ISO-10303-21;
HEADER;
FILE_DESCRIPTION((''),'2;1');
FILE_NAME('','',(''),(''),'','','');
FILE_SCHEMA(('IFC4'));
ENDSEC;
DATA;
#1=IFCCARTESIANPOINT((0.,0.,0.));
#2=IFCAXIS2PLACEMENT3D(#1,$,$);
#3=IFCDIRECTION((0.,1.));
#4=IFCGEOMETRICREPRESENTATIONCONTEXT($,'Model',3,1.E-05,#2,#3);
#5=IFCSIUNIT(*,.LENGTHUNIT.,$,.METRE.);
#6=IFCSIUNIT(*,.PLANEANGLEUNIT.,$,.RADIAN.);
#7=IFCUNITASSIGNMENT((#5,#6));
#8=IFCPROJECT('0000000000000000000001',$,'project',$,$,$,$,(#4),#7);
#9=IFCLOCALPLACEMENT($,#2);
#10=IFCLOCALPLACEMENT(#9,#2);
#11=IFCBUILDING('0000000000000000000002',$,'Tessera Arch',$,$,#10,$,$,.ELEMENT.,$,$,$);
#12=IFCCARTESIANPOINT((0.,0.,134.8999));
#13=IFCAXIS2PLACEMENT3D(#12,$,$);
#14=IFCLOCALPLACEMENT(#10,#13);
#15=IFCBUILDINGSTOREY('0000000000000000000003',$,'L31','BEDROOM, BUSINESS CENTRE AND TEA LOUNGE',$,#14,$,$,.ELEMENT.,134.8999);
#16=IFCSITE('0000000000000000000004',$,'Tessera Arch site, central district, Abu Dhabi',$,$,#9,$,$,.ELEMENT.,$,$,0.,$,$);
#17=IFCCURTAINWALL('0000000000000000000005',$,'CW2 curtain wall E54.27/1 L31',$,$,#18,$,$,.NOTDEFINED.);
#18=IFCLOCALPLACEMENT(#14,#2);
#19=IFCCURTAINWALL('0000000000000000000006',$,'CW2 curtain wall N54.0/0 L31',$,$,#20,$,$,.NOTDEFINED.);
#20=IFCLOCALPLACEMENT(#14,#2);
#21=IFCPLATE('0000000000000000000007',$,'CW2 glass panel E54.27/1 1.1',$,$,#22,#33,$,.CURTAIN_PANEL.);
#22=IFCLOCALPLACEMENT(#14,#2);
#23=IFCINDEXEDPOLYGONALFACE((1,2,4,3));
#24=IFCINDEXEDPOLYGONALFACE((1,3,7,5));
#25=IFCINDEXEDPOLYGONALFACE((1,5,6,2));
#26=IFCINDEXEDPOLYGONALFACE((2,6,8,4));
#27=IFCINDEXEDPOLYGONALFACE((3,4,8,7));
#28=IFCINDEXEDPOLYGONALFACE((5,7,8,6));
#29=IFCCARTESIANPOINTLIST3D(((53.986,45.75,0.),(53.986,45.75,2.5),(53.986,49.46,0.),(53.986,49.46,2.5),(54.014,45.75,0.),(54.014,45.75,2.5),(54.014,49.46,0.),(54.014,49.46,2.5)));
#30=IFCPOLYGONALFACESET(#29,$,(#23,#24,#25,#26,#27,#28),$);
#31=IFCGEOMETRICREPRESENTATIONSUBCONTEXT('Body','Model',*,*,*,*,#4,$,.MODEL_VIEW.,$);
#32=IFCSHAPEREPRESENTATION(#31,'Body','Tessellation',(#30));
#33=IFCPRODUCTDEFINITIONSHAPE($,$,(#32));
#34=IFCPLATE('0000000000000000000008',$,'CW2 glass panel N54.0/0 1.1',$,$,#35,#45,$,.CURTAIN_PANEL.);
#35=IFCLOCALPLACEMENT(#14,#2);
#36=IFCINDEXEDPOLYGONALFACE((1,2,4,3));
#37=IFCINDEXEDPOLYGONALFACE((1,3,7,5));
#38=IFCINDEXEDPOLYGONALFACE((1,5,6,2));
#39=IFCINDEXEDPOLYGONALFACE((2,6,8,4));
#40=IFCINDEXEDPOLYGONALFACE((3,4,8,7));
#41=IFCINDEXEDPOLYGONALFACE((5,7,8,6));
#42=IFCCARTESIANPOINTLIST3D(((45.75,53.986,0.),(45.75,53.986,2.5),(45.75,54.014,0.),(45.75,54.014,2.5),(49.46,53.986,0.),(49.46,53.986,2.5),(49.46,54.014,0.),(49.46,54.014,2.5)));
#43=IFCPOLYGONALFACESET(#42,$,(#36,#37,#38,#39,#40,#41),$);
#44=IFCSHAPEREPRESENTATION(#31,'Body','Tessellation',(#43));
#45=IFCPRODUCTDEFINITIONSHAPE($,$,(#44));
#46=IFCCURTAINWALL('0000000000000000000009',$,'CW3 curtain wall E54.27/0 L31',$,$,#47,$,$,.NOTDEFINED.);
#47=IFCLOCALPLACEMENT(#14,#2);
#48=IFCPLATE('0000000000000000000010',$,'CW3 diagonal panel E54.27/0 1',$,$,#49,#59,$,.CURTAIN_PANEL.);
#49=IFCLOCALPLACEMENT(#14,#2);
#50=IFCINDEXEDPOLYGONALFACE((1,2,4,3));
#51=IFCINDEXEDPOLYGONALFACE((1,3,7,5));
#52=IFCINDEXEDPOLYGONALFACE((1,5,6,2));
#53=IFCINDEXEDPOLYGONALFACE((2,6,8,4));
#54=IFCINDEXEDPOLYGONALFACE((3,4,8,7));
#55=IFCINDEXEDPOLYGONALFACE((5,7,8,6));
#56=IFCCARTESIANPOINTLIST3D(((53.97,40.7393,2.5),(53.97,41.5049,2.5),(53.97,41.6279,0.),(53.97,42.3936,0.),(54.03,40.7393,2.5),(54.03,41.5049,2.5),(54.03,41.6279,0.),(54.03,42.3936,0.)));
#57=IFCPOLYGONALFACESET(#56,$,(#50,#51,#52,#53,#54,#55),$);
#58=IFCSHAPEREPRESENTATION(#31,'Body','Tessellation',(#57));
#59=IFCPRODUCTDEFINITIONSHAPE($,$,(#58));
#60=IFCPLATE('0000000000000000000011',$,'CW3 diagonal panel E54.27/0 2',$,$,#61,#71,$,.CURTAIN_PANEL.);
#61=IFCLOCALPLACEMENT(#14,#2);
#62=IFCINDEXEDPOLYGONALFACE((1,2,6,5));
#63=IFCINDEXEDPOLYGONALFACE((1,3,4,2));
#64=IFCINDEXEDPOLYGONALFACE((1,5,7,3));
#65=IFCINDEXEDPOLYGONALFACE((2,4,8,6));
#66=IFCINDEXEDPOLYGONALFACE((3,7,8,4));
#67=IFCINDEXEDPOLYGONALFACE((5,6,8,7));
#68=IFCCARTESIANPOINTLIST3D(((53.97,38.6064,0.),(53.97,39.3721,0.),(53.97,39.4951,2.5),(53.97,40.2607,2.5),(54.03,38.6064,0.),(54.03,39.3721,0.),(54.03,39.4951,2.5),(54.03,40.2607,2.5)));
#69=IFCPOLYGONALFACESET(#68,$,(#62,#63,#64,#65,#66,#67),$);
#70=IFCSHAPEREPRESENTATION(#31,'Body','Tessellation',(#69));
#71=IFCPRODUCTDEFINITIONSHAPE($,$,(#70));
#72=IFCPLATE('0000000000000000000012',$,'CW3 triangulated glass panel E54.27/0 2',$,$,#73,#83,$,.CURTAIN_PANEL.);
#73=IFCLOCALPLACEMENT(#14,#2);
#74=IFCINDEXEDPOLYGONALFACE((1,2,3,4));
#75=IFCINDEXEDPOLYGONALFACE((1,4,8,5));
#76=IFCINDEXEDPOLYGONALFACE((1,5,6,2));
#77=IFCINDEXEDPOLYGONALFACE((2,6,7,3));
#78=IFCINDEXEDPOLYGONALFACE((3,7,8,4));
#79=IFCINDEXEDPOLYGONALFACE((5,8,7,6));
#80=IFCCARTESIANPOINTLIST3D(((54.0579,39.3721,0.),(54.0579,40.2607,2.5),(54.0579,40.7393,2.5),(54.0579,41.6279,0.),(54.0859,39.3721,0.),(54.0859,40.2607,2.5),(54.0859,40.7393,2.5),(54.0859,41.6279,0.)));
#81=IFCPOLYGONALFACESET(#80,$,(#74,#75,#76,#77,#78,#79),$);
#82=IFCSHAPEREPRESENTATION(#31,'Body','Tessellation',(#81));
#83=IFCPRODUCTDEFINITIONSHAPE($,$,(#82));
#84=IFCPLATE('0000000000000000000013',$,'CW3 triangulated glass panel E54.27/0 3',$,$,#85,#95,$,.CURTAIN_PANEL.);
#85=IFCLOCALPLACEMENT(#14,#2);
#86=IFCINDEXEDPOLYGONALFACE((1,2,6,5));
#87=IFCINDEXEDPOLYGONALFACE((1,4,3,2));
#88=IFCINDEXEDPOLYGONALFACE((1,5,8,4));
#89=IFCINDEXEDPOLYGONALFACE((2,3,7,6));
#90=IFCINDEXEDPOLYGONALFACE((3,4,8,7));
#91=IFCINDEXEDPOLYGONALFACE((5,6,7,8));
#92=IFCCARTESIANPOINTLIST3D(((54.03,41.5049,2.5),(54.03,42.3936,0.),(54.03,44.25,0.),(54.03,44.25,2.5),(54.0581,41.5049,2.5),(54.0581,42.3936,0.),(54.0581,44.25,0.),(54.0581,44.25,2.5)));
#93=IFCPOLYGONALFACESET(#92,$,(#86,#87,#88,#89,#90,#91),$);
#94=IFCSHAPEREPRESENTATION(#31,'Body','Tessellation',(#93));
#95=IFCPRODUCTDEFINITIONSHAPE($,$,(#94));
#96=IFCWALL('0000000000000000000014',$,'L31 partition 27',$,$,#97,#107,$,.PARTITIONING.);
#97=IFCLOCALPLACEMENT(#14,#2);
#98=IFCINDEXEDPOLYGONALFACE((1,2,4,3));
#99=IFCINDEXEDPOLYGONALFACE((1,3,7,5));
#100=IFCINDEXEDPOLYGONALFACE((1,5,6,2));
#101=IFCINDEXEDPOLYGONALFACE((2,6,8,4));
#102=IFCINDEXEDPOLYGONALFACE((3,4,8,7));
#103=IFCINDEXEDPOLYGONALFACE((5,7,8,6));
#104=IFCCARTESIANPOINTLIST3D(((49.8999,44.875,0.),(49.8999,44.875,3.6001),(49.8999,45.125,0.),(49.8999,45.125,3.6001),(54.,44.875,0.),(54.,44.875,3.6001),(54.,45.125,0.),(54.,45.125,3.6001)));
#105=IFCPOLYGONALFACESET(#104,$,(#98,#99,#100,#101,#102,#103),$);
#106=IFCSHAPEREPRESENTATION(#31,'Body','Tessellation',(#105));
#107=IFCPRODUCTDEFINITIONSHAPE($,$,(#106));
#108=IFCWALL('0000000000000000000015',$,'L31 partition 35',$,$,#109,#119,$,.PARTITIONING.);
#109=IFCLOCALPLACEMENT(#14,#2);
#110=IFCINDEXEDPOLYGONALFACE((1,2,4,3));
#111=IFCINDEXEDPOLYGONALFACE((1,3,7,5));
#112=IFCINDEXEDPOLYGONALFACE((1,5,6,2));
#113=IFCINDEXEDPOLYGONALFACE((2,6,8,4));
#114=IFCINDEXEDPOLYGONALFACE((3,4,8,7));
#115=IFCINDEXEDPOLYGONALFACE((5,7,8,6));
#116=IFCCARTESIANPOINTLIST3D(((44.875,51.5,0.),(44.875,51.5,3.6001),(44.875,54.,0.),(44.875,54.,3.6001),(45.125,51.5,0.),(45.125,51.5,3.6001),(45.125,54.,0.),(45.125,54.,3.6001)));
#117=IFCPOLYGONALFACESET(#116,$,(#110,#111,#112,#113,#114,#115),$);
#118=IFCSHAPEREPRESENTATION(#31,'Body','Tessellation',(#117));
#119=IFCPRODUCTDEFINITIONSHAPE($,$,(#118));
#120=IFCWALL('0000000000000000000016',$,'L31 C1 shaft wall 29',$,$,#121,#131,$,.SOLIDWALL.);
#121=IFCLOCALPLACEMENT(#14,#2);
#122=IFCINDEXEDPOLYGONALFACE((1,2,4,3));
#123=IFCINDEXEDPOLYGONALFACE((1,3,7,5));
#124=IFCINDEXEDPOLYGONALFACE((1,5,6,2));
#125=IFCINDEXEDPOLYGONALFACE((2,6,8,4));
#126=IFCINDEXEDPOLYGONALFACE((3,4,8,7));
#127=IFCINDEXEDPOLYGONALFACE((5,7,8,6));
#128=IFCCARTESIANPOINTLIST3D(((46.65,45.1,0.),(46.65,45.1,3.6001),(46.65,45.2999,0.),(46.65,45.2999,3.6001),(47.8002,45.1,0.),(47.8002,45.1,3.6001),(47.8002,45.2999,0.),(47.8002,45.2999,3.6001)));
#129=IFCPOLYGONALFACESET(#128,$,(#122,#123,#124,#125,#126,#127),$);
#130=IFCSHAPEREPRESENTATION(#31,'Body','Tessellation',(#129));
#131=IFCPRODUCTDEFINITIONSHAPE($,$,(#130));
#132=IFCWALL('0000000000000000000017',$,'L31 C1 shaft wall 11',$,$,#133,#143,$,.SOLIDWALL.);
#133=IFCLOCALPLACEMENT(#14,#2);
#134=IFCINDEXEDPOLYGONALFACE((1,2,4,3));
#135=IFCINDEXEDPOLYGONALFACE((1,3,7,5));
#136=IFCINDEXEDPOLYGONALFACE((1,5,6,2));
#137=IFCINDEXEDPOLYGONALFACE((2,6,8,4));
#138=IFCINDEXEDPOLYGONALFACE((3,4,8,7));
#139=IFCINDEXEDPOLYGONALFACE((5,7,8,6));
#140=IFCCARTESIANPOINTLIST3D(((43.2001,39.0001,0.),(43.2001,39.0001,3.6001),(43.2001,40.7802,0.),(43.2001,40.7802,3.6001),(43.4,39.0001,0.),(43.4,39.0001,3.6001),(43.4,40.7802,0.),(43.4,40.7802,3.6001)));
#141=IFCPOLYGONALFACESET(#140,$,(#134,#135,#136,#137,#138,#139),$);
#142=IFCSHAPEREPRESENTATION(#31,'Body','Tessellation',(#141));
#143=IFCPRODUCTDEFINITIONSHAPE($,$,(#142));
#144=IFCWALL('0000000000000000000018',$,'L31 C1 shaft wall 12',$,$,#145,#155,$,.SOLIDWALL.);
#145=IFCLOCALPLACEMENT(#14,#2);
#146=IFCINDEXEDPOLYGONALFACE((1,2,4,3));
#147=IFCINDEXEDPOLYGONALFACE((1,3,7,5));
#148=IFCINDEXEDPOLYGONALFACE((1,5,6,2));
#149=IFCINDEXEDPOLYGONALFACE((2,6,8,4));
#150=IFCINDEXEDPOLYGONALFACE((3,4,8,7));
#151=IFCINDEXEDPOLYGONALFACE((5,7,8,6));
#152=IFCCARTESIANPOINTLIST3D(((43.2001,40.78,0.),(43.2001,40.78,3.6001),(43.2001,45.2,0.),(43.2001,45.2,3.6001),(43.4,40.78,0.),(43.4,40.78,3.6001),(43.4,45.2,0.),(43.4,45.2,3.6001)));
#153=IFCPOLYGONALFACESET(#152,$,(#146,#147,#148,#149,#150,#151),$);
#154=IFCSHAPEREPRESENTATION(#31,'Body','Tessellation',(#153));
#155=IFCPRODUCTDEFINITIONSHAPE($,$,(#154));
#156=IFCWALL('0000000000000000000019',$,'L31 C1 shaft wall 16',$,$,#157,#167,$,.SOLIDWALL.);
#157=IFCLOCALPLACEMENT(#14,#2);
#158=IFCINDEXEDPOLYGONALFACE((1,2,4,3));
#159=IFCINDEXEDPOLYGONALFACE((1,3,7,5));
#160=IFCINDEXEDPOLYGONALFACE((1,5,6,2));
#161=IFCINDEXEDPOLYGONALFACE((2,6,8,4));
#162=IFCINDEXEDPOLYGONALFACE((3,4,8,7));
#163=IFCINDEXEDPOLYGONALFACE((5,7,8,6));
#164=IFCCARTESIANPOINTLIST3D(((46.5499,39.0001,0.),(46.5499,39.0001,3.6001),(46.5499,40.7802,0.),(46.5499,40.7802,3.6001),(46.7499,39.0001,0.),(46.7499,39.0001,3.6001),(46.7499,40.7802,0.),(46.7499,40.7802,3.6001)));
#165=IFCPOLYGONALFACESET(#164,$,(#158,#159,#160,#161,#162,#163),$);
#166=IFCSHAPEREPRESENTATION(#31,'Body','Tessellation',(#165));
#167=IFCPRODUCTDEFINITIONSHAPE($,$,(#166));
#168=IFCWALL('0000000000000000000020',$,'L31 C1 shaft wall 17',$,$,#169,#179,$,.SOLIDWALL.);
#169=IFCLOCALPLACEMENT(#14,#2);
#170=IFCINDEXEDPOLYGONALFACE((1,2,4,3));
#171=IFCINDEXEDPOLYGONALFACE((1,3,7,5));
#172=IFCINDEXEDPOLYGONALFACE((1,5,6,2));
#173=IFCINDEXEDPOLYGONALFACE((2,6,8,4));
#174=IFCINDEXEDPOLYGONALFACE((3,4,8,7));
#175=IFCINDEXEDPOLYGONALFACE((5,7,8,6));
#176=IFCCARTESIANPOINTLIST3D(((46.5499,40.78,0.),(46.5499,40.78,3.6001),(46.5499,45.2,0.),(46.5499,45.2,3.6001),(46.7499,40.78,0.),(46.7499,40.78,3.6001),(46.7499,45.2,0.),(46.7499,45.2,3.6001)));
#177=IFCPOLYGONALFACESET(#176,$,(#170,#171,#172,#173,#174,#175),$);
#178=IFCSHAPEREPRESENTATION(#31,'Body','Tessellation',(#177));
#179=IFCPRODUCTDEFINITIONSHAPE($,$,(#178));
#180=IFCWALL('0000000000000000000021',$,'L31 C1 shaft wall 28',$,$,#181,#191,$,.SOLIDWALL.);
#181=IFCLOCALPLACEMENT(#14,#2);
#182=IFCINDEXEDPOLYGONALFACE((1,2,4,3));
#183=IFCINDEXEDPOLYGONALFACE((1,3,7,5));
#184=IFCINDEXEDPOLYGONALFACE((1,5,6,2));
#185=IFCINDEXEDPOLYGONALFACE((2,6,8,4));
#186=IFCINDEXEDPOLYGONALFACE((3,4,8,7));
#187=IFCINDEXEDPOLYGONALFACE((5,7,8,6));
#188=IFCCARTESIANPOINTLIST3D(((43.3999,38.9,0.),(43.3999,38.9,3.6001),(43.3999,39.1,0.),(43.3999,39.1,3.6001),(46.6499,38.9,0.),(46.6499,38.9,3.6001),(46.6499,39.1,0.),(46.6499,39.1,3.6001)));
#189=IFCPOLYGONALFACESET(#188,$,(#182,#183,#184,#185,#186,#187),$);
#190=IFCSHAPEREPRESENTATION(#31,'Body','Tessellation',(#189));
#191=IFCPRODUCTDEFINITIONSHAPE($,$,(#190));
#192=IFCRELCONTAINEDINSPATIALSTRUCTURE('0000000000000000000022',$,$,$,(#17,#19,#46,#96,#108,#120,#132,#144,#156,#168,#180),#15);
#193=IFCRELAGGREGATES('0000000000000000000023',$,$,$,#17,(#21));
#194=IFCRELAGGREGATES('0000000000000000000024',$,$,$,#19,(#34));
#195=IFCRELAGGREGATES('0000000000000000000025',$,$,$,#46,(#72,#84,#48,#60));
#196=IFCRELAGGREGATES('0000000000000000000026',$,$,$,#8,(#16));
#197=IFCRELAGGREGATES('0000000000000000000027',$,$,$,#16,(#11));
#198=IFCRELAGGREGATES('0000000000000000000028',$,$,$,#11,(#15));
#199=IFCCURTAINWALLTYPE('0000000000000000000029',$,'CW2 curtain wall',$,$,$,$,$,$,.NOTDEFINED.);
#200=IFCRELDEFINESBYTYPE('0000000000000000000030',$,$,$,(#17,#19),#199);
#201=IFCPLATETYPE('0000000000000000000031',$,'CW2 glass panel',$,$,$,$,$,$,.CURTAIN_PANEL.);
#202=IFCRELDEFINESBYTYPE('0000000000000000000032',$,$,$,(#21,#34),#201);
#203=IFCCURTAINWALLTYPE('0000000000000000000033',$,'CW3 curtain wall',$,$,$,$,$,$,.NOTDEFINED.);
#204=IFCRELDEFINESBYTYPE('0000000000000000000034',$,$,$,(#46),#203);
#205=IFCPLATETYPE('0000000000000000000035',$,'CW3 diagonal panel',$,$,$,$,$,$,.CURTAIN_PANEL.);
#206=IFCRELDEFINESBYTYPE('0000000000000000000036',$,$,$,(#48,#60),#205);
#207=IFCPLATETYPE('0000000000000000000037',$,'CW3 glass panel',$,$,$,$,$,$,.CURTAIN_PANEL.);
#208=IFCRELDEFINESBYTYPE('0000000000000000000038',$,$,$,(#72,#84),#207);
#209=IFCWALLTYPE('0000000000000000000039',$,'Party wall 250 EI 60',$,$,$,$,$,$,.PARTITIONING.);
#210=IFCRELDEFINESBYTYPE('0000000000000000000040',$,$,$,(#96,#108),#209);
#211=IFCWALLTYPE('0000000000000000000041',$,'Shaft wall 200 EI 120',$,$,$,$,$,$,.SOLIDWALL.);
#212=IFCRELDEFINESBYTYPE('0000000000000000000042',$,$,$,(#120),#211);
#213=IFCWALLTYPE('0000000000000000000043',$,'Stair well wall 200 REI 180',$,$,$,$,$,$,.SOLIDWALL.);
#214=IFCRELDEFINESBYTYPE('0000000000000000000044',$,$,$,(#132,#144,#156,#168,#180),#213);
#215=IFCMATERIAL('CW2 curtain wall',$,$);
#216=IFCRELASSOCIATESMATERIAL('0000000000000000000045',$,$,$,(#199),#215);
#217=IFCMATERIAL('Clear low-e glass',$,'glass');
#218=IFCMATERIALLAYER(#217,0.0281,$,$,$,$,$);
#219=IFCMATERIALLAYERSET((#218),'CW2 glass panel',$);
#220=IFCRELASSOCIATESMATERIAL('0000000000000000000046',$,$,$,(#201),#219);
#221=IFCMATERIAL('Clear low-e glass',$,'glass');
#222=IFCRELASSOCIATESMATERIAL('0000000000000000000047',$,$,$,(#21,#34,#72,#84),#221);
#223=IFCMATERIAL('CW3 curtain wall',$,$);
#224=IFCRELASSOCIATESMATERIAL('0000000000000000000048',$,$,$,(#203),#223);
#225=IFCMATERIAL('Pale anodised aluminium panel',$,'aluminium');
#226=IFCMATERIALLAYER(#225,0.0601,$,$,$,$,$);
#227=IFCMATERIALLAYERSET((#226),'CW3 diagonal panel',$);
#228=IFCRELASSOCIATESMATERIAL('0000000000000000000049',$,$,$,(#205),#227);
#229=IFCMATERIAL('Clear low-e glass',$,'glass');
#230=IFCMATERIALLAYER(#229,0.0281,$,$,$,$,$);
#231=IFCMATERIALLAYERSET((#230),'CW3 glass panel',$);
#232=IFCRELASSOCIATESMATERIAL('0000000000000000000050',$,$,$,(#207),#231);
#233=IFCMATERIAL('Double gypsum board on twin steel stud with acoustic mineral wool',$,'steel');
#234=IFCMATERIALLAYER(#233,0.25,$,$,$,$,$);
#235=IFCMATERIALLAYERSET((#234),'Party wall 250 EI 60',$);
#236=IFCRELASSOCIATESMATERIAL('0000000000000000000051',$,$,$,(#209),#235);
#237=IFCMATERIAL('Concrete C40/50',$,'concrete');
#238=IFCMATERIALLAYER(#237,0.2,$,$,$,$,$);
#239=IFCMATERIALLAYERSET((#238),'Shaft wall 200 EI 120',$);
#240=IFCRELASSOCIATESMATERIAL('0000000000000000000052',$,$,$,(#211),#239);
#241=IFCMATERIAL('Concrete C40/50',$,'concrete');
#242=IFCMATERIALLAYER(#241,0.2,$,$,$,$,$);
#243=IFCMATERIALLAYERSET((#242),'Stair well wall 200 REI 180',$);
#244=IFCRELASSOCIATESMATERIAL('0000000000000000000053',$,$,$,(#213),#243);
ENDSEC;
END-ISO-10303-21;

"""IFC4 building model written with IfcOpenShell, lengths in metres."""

from ifc_helpers import new_model, si_unit, direction, frame, frame_2d, origin, origin_2d, place, context, subcontext, project, spatial, polyline, rectangle, outline, extrude, material, layer, layer_set, type_object, element, aggregate, save


model = new_model("IFC4")

# Units and contexts
model_context = context("Model", 3, precision=1e-05, world=origin(), true_north=direction((0.0, 1.0)))
body_context = subcontext(model_context, "Body", "Model", "MODEL_VIEW")
ifc_project = project(units=[si_unit("LENGTHUNIT", "METRE"), si_unit("PLANEANGLEUNIT", "RADIAN")], contexts=[model_context])

# Site, building, storey
site_placement = place(None, origin())
site = spatial("IfcSite", under=ifc_project, at=site_placement, Name="Tessera Arch site, central district, Abu Dhabi", CompositionType="ELEMENT", RefElevation=0.0)
building_placement = place(site_placement, origin())
building = spatial("IfcBuilding", under=site, at=building_placement, Name="Tessera Arch", CompositionType="ELEMENT")
storey_placement = place(building_placement, frame((0.0, 0.0, 134.8999)))
storey = spatial("IfcBuildingStorey", under=building, at=storey_placement, Name="L31", Description="BEDROOM, BUSINESS CENTRE AND TEA LOUNGE", CompositionType="ELEMENT", Elevation=134.8999)

# Curtain walls
ifc_material_1 = material(Name="CW2 curtain wall")
curtain_wall_type_1 = type_object("IfcCurtainWallType", Name="CW2 curtain wall", PredefinedType="NOTDEFINED", material=ifc_material_1)
curtain_wall_1_placement = place(storey_placement, origin())
curtain_wall_1 = element("IfcCurtainWall", 1, at=curtain_wall_1_placement, inside=storey, type_object=curtain_wall_type_1, Name="CW2 curtain wall E54.27/1 L31", PredefinedType="NOTDEFINED")
curtain_wall_2_placement = place(storey_placement, origin())
curtain_wall_2 = element("IfcCurtainWall", 2, at=curtain_wall_2_placement, inside=storey, type_object=curtain_wall_type_1, Name="CW2 curtain wall N54.0/0 L31", PredefinedType="NOTDEFINED")

# Plates
ifc_material_2 = material(Name="Clear low-e glass", Category="glass")
ifc_material_3 = material(Name="Clear low-e glass", Category="glass")
ifc_layer_1 = layer(ifc_material_3, 0.0281)
ifc_layer_set_1 = layer_set([ifc_layer_1], Name="CW2 glass panel")
plate_type_1 = type_object("IfcPlateType", Name="CW2 glass panel", PredefinedType="CURTAIN_PANEL", material=ifc_layer_set_1)
plate_1_placement = place(storey_placement, frame((54.0, 47.605, 0.0), z_axis=(0.0, 0.0, 1.0), x_axis=(0.0, 1.0, 0.0)))
plate_1 = element("IfcPlate", 3, at=plate_1_placement, type_object=plate_type_1, material=ifc_material_2, Name="CW2 glass panel E54.27/1 1.1", PredefinedType="CURTAIN_PANEL", context=body_context, shape_type="SweptSolid", body=[
    extrude(rectangle(XDim=3.71, YDim=0.0281, at=origin_2d()), origin(), (0.0, 0.0, 1.0), 2.5),
])
aggregate(curtain_wall_1, [plate_1])
plate_2_placement = place(storey_placement, frame((47.605, 54.0, 0.0), z_axis=(0.0, 0.0, 1.0), x_axis=(-1.0, 0.0, 0.0)))
plate_2 = element("IfcPlate", 4, at=plate_2_placement, type_object=plate_type_1, material=ifc_material_2, Name="CW2 glass panel N54.0/0 1.1", PredefinedType="CURTAIN_PANEL", context=body_context, shape_type="SweptSolid", body=[
    extrude(rectangle(XDim=3.71, YDim=0.0281, at=origin_2d()), origin(), (0.0, 0.0, 1.0), 2.5),
])
aggregate(curtain_wall_2, [plate_2])

# Curtain wall, plates
ifc_material_4 = material(Name="CW3 curtain wall")
curtain_wall_type_2 = type_object("IfcCurtainWallType", Name="CW3 curtain wall", PredefinedType="NOTDEFINED", material=ifc_material_4)
curtain_wall_3_placement = place(storey_placement, origin())
curtain_wall_3 = element("IfcCurtainWall", 5, at=curtain_wall_3_placement, inside=storey, type_object=curtain_wall_type_2, Name="CW3 curtain wall E54.27/0 L31", PredefinedType="NOTDEFINED")
ifc_material_5 = material(Name="Pale anodised aluminium panel", Category="aluminium")
ifc_layer_2 = layer(ifc_material_5, 0.0601)
ifc_layer_set_2 = layer_set([ifc_layer_2], Name="CW3 diagonal panel")
plate_type_2 = type_object("IfcPlateType", Name="CW3 diagonal panel", PredefinedType="CURTAIN_PANEL", material=ifc_layer_set_2)
plate_3_placement = place(storey_placement, frame((54.03, 41.5049, 2.5), z_axis=(1.0, 0.0, 0.0), x_axis=(0.0, -1.0, 0.0)))
plate_3 = element("IfcPlate", 6, at=plate_3_placement, type_object=plate_type_2, Name="CW3 diagonal panel E54.27/0 1", PredefinedType="CURTAIN_PANEL", context=body_context, shape_type="SweptSolid", body=[
    extrude(outline(polyline([(0.0, 0.0), (0.7656, 0.0), (-0.123, 2.5), (-0.8887, 2.5), (0.0, 0.0)])), origin(), (0.0, 0.0, -1.0), 0.0601),
])
plate_4_placement = place(storey_placement, frame((54.03, 40.2607, 2.5), z_axis=(1.0, 0.0, 0.0), x_axis=(0.0, -1.0, 0.0)))
plate_4 = element("IfcPlate", 7, at=plate_4_placement, type_object=plate_type_2, Name="CW3 diagonal panel E54.27/0 2", PredefinedType="CURTAIN_PANEL", context=body_context, shape_type="SweptSolid", body=[
    extrude(outline(polyline([(0.0, 0.0), (0.7656, 0.0), (1.6543, 2.5), (0.8887, 2.5), (0.0, 0.0)])), origin(), (0.0, 0.0, -1.0), 0.0601),
])
ifc_material_6 = material(Name="Clear low-e glass", Category="glass")
ifc_layer_3 = layer(ifc_material_6, 0.0281)
ifc_layer_set_3 = layer_set([ifc_layer_3], Name="CW3 glass panel")
plate_type_3 = type_object("IfcPlateType", Name="CW3 glass panel", PredefinedType="CURTAIN_PANEL", material=ifc_layer_set_3)
plate_5_placement = place(storey_placement, frame((54.0859, 40.7393, 2.5), z_axis=(1.0, 0.0, 0.0), x_axis=(0.0, -1.0, 0.0)))
plate_5 = element("IfcPlate", 8, at=plate_5_placement, type_object=plate_type_3, material=ifc_material_2, Name="CW3 triangulated glass panel E54.27/0 2", PredefinedType="CURTAIN_PANEL", context=body_context, shape_type="SweptSolid", body=[
    extrude(outline(polyline([(0.0, 0.0), (0.4785, 0.0), (1.3672, 2.5), (-0.8887, 2.5), (0.0, 0.0)])), origin(), (0.0, 0.0, -1.0), 0.0281),
])
plate_6_placement = place(storey_placement, frame((54.0581, 44.25, 2.5), z_axis=(1.0, 0.0, 0.0), x_axis=(0.0, -1.0, 0.0)))
plate_6 = element("IfcPlate", 9, at=plate_6_placement, type_object=plate_type_3, material=ifc_material_2, Name="CW3 triangulated glass panel E54.27/0 3", PredefinedType="CURTAIN_PANEL", context=body_context, shape_type="SweptSolid", body=[
    extrude(outline(polyline([(0.0, 0.0), (2.7451, 0.0), (1.8564, 2.5), (0.0, 2.5), (0.0, 0.0)])), origin(), (0.0, 0.0, -1.0), 0.0281),
])
aggregate(curtain_wall_3, [plate_5, plate_6, plate_3, plate_4])

# Walls
ifc_material_7 = material(Name="Double gypsum board on twin steel stud with acoustic mineral wool", Category="steel")
ifc_layer_4 = layer(ifc_material_7, 0.25)
ifc_layer_set_4 = layer_set([ifc_layer_4], Name="Party wall 250 EI 60")
wall_type_1 = type_object("IfcWallType", Name="Party wall 250 EI 60", PredefinedType="PARTITIONING", material=ifc_layer_set_4)
wall_1_placement = place(storey_placement, frame((49.8999, 45.0, 0.0), z_axis=(0.0, 0.0, 1.0), x_axis=(1.0, 0.0, 0.0)))
element("IfcWall", 10, at=wall_1_placement, inside=storey, type_object=wall_type_1, Name="L31 partition 27", PredefinedType="PARTITIONING", context=body_context, shape_type="SweptSolid", body=[
    extrude(rectangle(XDim=4.1001, YDim=0.25, at=frame_2d((2.05, 0.0))), origin(), (0.0, 0.0, 1.0), 3.6001),
])
wall_2_placement = place(storey_placement, frame((45.0, 51.5, 0.0), z_axis=(0.0, 0.0, 1.0), x_axis=(0.0, 1.0, 0.0)))
element("IfcWall", 11, at=wall_2_placement, inside=storey, type_object=wall_type_1, Name="L31 partition 35", PredefinedType="PARTITIONING", context=body_context, shape_type="SweptSolid", body=[
    extrude(rectangle(XDim=2.5, YDim=0.25, at=frame_2d((1.25, 0.0))), origin(), (0.0, 0.0, 1.0), 3.6001),
])
ifc_material_8 = material(Name="Concrete C40/50", Category="concrete")
ifc_layer_5 = layer(ifc_material_8, 0.2)
ifc_layer_set_5 = layer_set([ifc_layer_5], Name="Shaft wall 200 EI 120")
wall_type_2 = type_object("IfcWallType", Name="Shaft wall 200 EI 120", PredefinedType="SOLIDWALL", material=ifc_layer_set_5)
wall_3_placement = place(storey_placement, frame((46.6499, 45.2, 0.0), z_axis=(0.0, 0.0, 1.0), x_axis=(1.0, 0.0, 0.0)))
element("IfcWall", 12, at=wall_3_placement, inside=storey, type_object=wall_type_2, Name="L31 C1 shaft wall 29", PredefinedType="SOLIDWALL", context=body_context, shape_type="SweptSolid", body=[
    extrude(rectangle(XDim=1.1501, YDim=0.2, at=frame_2d((0.5752, 0.0))), origin(), (0.0, 0.0, 1.0), 3.6001),
])
ifc_material_9 = material(Name="Concrete C40/50", Category="concrete")
ifc_layer_6 = layer(ifc_material_9, 0.2)
ifc_layer_set_6 = layer_set([ifc_layer_6], Name="Stair well wall 200 REI 180")
wall_type_3 = type_object("IfcWallType", Name="Stair well wall 200 REI 180", PredefinedType="SOLIDWALL", material=ifc_layer_set_6)
wall_4_placement = place(storey_placement, frame((43.3, 39.0, 0.0), z_axis=(0.0, 0.0, 1.0), x_axis=(0.0, 1.0, 0.0)))
element("IfcWall", 13, at=wall_4_placement, inside=storey, type_object=wall_type_3, Name="L31 C1 shaft wall 11", PredefinedType="SOLIDWALL", context=body_context, shape_type="SweptSolid", body=[
    extrude(rectangle(XDim=1.78, YDim=0.2, at=frame_2d((0.8901, 0.0))), origin(), (0.0, 0.0, 1.0), 3.6001),
])
wall_5_placement = place(storey_placement, frame((43.3, 40.78, 0.0), z_axis=(0.0, 0.0, 1.0), x_axis=(0.0, 1.0, 0.0)))
element("IfcWall", 14, at=wall_5_placement, inside=storey, type_object=wall_type_3, Name="L31 C1 shaft wall 12", PredefinedType="SOLIDWALL", context=body_context, shape_type="SweptSolid", body=[
    extrude(rectangle(XDim=4.4199, YDim=0.2, at=frame_2d((2.21, 0.0))), origin(), (0.0, 0.0, 1.0), 3.6001),
])
wall_6_placement = place(storey_placement, frame((46.6499, 39.0, 0.0), z_axis=(0.0, 0.0, 1.0), x_axis=(0.0, 1.0, 0.0)))
element("IfcWall", 15, at=wall_6_placement, inside=storey, type_object=wall_type_3, Name="L31 C1 shaft wall 16", PredefinedType="SOLIDWALL", context=body_context, shape_type="SweptSolid", body=[
    extrude(rectangle(XDim=1.78, YDim=0.2, at=frame_2d((0.8901, 0.0))), origin(), (0.0, 0.0, 1.0), 3.6001),
])
wall_7_placement = place(storey_placement, frame((46.6499, 40.78, 0.0), z_axis=(0.0, 0.0, 1.0), x_axis=(0.0, 1.0, 0.0)))
element("IfcWall", 16, at=wall_7_placement, inside=storey, type_object=wall_type_3, Name="L31 C1 shaft wall 17", PredefinedType="SOLIDWALL", context=body_context, shape_type="SweptSolid", body=[
    extrude(rectangle(XDim=4.4199, YDim=0.2, at=frame_2d((2.21, 0.0))), origin(), (0.0, 0.0, 1.0), 3.6001),
])
wall_8_placement = place(storey_placement, frame((43.3999, 39.0, 0.0), z_axis=(0.0, 0.0, 1.0), x_axis=(1.0, 0.0, 0.0)))
element("IfcWall", 17, at=wall_8_placement, inside=storey, type_object=wall_type_3, Name="L31 C1 shaft wall 28", PredefinedType="SOLIDWALL", context=body_context, shape_type="SweptSolid", body=[
    extrude(rectangle(XDim=3.25, YDim=0.2, at=frame_2d((1.625, 0.0))), origin(), (0.0, 0.0, 1.0), 3.6001),
])

save(model, "model.ifc")
